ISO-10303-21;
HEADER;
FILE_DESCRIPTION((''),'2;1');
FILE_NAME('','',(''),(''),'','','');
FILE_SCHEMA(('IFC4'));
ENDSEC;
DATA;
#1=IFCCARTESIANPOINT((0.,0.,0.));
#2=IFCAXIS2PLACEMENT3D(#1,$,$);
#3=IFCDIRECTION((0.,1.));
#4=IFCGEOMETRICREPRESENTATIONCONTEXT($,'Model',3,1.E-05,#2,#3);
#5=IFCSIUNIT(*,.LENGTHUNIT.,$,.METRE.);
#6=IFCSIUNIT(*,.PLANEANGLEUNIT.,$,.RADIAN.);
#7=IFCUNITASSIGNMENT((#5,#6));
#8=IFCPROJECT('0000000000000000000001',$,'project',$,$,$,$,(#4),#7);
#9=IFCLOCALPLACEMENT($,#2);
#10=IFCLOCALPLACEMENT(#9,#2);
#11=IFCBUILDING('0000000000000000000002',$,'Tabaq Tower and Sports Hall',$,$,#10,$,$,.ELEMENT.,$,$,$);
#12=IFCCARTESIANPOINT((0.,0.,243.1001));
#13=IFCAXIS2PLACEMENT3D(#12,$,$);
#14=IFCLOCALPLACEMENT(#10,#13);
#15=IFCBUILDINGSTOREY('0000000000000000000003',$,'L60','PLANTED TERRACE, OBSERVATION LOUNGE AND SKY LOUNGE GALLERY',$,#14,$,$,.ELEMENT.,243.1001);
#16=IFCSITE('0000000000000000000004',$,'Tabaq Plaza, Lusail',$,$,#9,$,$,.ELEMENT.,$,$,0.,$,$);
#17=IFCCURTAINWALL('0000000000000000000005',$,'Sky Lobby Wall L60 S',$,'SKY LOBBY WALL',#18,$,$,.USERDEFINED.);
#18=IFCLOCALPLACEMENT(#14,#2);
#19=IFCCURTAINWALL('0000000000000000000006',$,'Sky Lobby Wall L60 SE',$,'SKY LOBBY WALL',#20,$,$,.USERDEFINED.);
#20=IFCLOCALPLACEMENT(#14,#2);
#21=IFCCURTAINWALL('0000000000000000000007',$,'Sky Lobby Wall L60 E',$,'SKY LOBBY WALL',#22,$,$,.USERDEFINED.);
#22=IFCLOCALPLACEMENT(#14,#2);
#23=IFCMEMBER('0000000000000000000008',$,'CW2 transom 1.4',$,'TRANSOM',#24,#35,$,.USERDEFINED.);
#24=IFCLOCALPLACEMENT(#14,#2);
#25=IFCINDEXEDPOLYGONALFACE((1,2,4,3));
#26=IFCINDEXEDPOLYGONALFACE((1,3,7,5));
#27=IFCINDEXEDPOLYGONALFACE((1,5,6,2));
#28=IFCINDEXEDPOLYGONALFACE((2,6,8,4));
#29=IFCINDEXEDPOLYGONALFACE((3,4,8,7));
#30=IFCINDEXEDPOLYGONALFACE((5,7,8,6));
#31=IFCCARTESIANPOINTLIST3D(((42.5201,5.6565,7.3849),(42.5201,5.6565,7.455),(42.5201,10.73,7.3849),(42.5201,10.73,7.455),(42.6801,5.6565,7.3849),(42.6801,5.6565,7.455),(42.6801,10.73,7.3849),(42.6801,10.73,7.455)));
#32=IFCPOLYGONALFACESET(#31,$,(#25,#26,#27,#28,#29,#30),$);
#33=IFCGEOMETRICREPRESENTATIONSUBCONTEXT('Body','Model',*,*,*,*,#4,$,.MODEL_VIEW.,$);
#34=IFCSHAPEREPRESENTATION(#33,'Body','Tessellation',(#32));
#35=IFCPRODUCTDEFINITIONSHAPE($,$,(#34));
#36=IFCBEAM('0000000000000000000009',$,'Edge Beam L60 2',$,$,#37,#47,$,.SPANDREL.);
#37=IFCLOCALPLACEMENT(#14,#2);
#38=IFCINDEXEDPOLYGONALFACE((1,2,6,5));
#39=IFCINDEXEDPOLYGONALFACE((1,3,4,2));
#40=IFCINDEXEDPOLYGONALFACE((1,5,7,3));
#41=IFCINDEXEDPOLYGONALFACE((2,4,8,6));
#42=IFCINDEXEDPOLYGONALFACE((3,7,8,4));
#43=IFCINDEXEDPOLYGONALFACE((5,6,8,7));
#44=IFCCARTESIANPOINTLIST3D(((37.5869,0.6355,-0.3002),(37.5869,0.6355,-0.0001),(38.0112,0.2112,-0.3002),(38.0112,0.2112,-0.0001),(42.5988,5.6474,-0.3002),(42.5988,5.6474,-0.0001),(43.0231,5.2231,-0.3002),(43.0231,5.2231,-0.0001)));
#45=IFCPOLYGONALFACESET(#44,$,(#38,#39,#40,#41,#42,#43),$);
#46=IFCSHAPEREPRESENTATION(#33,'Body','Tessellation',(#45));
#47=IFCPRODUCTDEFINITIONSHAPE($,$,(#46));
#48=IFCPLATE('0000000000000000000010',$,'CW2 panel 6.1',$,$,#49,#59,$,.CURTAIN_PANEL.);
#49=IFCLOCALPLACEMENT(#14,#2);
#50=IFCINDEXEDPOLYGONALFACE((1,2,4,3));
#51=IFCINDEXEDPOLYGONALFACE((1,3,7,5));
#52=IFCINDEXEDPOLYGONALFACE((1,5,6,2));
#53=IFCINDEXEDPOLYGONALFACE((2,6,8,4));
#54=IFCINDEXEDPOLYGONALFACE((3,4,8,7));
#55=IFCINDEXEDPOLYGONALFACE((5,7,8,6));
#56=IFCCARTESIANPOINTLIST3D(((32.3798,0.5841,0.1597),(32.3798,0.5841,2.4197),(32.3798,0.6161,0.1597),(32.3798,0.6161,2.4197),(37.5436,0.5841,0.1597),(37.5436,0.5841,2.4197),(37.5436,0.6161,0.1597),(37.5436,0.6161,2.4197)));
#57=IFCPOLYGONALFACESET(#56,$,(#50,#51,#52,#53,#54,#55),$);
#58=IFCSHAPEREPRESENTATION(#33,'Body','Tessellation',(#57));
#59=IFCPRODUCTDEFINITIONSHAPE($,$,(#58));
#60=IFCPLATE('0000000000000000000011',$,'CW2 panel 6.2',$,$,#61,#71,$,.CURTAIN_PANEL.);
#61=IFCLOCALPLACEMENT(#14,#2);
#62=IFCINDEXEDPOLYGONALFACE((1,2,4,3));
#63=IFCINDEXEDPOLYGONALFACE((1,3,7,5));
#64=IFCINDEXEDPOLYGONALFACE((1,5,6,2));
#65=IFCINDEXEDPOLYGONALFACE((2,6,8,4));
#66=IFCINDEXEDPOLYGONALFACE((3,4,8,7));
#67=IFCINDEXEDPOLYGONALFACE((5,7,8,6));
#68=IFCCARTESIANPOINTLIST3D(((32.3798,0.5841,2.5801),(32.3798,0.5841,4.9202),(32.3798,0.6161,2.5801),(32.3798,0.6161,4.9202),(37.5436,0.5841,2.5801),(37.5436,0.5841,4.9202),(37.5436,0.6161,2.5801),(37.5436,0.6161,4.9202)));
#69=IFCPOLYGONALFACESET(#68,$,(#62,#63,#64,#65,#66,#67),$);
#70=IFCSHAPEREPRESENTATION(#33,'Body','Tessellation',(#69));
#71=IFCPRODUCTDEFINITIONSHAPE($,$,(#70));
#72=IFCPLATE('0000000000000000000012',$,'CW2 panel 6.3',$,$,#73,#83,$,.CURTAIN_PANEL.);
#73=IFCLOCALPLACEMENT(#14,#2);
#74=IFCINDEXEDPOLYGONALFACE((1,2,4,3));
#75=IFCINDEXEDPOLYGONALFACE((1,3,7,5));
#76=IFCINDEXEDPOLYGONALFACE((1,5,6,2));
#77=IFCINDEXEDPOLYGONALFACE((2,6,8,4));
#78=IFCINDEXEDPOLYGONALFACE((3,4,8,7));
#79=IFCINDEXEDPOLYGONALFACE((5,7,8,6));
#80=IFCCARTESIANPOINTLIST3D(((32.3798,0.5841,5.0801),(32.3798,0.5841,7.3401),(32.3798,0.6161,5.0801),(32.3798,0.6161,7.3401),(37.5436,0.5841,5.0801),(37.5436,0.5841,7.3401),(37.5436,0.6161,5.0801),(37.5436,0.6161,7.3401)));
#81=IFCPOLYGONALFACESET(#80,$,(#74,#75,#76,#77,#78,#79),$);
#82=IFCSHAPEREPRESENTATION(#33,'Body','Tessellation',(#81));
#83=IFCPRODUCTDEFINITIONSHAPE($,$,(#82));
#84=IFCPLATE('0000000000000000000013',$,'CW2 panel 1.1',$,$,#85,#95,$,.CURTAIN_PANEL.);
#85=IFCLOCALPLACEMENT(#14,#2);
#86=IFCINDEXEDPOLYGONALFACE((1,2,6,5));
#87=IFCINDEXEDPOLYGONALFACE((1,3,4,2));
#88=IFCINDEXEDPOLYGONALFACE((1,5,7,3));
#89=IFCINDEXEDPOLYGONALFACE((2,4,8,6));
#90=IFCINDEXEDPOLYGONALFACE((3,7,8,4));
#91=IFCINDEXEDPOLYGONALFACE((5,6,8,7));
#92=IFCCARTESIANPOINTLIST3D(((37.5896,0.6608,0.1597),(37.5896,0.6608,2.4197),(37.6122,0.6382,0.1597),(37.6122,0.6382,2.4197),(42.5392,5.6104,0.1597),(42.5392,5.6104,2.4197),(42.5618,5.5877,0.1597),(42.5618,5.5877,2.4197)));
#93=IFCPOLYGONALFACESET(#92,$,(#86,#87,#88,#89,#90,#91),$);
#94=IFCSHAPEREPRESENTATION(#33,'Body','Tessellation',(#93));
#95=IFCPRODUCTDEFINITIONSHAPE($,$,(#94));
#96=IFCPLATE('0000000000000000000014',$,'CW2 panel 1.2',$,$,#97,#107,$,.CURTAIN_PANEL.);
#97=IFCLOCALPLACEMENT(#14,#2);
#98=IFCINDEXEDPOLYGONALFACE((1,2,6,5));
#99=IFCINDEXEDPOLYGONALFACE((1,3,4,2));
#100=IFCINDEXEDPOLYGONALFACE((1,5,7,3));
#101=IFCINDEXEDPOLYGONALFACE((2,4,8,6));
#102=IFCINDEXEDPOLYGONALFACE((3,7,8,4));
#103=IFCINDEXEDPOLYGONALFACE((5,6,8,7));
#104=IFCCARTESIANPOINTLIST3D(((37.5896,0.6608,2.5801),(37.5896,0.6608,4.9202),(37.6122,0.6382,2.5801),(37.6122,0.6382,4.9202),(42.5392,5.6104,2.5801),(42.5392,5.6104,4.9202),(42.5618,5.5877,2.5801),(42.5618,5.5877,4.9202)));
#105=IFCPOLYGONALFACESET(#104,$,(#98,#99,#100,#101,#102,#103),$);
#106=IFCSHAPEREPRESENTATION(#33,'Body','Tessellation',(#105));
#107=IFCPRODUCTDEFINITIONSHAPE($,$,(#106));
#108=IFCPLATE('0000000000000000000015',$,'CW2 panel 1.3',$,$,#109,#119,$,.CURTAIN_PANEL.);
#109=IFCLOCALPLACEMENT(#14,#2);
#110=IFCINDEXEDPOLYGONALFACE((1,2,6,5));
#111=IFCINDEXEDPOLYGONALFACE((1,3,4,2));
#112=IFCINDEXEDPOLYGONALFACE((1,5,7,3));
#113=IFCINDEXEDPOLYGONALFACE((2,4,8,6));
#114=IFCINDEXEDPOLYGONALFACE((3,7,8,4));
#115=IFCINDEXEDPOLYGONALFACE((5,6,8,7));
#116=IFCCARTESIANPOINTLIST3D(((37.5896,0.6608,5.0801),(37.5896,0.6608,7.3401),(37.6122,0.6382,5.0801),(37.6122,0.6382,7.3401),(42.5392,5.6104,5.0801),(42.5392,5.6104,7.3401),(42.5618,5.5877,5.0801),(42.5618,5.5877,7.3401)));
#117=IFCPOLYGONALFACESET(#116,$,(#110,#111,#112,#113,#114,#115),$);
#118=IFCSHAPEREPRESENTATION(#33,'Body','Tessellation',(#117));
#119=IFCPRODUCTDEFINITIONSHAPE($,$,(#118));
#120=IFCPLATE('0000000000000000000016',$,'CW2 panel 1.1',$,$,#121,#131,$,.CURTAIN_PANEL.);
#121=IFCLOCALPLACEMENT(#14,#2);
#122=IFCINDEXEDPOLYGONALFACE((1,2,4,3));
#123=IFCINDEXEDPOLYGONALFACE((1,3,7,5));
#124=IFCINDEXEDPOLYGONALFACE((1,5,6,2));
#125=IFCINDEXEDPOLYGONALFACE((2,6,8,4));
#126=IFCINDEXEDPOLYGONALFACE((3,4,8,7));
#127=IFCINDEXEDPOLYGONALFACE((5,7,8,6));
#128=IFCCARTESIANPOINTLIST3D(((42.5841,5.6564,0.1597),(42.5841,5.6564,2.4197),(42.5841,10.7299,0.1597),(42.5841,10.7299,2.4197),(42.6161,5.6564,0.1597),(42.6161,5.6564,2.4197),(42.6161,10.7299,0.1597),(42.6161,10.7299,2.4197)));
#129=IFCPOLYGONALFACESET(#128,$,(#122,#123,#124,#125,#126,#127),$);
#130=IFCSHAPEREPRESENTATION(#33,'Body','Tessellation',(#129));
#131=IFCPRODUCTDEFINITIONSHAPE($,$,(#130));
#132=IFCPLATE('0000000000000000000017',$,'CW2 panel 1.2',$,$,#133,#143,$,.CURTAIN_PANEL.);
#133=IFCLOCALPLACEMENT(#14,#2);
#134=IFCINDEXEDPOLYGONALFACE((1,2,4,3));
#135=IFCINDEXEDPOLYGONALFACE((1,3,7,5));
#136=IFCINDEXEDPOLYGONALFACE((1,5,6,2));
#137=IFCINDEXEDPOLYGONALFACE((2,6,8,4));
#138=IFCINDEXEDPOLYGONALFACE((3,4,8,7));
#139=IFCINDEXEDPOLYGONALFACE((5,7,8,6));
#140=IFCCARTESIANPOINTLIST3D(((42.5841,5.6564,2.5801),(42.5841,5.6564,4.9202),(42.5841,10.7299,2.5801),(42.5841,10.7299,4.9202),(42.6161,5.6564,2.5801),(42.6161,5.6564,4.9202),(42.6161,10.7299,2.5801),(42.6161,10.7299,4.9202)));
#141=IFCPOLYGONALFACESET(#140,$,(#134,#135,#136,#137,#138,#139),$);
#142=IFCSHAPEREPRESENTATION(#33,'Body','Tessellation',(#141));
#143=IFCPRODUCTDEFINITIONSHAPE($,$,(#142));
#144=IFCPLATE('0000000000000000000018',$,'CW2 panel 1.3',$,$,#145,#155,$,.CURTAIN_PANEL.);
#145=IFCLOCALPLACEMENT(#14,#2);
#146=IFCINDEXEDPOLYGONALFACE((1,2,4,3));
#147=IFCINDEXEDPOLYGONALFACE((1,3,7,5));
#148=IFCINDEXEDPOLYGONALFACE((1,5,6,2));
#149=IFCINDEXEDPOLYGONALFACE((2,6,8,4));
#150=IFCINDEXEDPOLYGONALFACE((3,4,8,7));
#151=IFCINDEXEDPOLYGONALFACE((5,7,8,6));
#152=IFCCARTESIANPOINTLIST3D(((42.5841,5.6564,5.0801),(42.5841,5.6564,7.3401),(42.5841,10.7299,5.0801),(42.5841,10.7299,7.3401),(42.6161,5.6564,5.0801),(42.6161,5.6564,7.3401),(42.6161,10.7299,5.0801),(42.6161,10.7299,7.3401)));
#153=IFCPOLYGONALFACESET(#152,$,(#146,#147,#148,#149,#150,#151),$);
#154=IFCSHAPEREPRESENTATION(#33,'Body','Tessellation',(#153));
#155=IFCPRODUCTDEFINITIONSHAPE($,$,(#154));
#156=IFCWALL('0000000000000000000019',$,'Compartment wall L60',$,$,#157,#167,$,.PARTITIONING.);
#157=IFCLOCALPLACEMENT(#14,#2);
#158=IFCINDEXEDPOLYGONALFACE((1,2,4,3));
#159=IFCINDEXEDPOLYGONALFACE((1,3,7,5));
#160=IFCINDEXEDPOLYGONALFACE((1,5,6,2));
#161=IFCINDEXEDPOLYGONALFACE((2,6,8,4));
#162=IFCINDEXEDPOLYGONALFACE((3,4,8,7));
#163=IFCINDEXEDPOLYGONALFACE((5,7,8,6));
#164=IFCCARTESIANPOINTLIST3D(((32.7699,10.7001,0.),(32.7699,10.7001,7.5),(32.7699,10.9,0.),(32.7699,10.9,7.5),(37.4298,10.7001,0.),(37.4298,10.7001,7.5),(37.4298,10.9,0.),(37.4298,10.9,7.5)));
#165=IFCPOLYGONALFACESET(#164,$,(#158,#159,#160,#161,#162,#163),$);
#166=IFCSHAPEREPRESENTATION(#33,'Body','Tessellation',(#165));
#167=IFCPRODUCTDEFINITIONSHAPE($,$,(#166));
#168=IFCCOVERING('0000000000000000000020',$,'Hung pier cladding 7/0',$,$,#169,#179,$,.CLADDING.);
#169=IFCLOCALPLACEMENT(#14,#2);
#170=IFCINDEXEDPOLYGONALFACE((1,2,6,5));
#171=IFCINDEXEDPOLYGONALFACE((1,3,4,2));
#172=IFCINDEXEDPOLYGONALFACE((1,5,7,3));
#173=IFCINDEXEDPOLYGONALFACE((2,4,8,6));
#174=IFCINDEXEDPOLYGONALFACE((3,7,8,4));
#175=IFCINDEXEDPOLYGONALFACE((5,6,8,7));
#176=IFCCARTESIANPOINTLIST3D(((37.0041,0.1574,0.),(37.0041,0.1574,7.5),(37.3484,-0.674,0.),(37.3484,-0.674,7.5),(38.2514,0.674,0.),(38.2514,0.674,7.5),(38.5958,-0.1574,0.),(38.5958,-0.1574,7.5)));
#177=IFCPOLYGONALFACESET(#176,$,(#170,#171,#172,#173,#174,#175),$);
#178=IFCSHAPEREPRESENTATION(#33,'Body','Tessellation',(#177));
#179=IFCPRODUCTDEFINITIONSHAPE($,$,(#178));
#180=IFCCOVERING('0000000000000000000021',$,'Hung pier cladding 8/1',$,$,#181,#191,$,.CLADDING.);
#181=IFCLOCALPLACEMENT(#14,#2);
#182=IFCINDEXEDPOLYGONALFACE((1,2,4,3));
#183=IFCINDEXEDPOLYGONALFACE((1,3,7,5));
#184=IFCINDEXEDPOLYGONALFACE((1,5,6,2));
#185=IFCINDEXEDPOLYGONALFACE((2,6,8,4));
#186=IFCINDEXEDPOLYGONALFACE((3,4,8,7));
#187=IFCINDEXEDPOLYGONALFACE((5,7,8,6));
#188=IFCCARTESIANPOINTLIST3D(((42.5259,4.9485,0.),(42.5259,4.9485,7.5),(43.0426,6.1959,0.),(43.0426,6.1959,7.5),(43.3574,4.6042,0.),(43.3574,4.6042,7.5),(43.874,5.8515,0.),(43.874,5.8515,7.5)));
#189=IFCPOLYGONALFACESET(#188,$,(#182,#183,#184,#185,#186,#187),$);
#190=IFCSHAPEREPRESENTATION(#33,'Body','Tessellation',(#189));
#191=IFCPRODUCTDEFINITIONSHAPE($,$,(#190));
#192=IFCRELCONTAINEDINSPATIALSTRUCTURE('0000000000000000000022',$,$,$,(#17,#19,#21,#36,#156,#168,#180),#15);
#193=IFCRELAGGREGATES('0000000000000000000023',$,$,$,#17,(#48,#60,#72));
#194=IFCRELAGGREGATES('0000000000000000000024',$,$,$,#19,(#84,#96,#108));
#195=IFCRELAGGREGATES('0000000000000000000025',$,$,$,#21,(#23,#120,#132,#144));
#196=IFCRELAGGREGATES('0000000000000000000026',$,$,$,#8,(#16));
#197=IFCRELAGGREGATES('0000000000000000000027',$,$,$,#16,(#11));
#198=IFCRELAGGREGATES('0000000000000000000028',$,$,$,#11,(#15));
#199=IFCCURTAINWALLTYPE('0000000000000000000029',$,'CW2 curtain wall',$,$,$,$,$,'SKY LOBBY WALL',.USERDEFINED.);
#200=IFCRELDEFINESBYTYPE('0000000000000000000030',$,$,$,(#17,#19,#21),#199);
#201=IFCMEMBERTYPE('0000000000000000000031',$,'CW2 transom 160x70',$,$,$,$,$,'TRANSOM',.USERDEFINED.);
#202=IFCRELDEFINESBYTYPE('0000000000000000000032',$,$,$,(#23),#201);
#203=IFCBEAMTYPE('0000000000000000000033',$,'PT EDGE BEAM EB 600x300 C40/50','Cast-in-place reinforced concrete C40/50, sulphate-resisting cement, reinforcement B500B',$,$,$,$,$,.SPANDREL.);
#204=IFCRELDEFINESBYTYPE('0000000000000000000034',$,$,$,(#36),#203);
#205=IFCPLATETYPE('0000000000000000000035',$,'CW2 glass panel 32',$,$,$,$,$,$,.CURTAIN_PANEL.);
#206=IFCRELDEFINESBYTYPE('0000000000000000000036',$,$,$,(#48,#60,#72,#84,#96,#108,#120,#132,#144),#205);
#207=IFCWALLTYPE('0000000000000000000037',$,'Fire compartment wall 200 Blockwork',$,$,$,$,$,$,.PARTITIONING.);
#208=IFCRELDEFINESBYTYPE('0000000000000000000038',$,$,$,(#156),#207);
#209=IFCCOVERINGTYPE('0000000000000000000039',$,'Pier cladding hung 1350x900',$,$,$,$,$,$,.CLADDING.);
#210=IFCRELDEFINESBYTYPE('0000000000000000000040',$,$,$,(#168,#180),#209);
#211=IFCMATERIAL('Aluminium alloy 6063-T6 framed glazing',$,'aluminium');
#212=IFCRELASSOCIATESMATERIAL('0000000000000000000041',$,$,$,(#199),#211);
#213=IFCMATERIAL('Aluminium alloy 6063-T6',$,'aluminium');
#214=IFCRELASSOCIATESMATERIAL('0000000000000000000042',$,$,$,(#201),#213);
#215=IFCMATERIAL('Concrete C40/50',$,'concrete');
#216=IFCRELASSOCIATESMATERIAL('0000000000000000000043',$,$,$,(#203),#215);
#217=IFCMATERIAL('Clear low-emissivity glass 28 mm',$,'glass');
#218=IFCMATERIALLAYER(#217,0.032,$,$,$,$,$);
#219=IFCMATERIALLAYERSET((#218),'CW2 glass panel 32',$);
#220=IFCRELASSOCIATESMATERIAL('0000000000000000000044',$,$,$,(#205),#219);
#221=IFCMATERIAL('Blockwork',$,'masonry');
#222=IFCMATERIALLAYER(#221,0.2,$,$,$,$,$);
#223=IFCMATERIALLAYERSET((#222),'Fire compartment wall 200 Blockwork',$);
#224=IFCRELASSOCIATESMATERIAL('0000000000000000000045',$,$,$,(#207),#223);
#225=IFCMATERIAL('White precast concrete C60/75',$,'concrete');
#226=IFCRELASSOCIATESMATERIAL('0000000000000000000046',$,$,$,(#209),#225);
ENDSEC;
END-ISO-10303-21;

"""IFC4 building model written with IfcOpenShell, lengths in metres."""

from ifc_helpers import new_model, si_unit, direction, frame, frame_2d, origin, origin_2d, place, context, subcontext, project, spatial, rectangle, extrude, material, layer, layer_set, material_profile, profile_set, type_object, element, aggregate, save


model = new_model("IFC4")

# Units and contexts
model_context = context("Model", 3, precision=1e-05, world=origin(), true_north=direction((0.0, 1.0)))
body_context = subcontext(model_context, "Body", "Model", "MODEL_VIEW")
ifc_project = project(units=[si_unit("LENGTHUNIT", "METRE"), si_unit("PLANEANGLEUNIT", "RADIAN")], contexts=[model_context])

# Site, building, storey
site_placement = place(None, origin())
site = spatial("IfcSite", under=ifc_project, at=site_placement, Name="Tabaq Plaza, Lusail", CompositionType="ELEMENT", RefElevation=0.0)
building_placement = place(site_placement, origin())
building = spatial("IfcBuilding", under=site, at=building_placement, Name="Tabaq Tower and Sports Hall", CompositionType="ELEMENT")
storey_placement = place(building_placement, frame((0.0, 0.0, 243.1001)))
storey = spatial("IfcBuildingStorey", under=building, at=storey_placement, Name="L60", Description="PLANTED TERRACE, OBSERVATION LOUNGE AND SKY LOUNGE GALLERY", CompositionType="ELEMENT", Elevation=243.1001)

# Curtain wall
ifc_material_1 = material(Name="Aluminium alloy 6063-T6 framed glazing", Category="aluminium")
curtain_wall_type = type_object("IfcCurtainWallType", Name="CW2 curtain wall", ElementType="SKY LOBBY WALL", PredefinedType="USERDEFINED", material=ifc_material_1)
curtain_wall_1_placement = place(storey_placement, origin())
curtain_wall_1 = element("IfcCurtainWall", 1, at=curtain_wall_1_placement, inside=storey, type_object=curtain_wall_type, Name="Sky Lobby Wall L60 S", ObjectType="SKY LOBBY WALL", PredefinedType="USERDEFINED")

# Curtain walls
curtain_wall_2_placement = place(storey_placement, origin())
curtain_wall_2 = element("IfcCurtainWall", 2, at=curtain_wall_2_placement, inside=storey, type_object=curtain_wall_type, Name="Sky Lobby Wall L60 SE", ObjectType="SKY LOBBY WALL", PredefinedType="USERDEFINED")
curtain_wall_3_placement = place(storey_placement, origin())
curtain_wall_3 = element("IfcCurtainWall", 3, at=curtain_wall_3_placement, inside=storey, type_object=curtain_wall_type, Name="Sky Lobby Wall L60 E", ObjectType="SKY LOBBY WALL", PredefinedType="USERDEFINED")

# Member
ifc_material_2 = material(Name="Aluminium alloy 6063-T6", Category="aluminium")
ifc_material_profile_1 = material_profile(ifc_material_2, rectangle(XDim=0.1599, YDim=0.0701, at=origin_2d()), Name="TRANSOM 160x70")
ifc_profile_set_1 = profile_set([ifc_material_profile_1], Name="Aluminium alloy 6063-T6")
member_type_1 = type_object("IfcMemberType", Name="CW2 transom 160x70", ElementType="TRANSOM", PredefinedType="USERDEFINED", material=ifc_profile_set_1)
member_1_placement = place(storey_placement, frame((42.6001, 5.6565, 7.4199), z_axis=(0.0, 1.0, 0.0), x_axis=(-1.0, 0.0, 0.0)))
member_1 = element("IfcMember", 4, at=member_1_placement, type_object=member_type_1, Name="CW2 transom 1.4", ObjectType="TRANSOM", PredefinedType="USERDEFINED", context=body_context, shape_type="SweptSolid", body=[
    extrude(rectangle(XDim=0.1599, YDim=0.0701, at=origin_2d()), origin(), (0.0, 0.0, 1.0), 5.0735),
])

# Beam
ifc_material_3 = material(Name="Concrete C40/50", Category="concrete")
ifc_material_profile_2 = material_profile(ifc_material_3, rectangle(XDim=0.6001, YDim=0.3, at=origin_2d()), Name="EB 600x300")
ifc_profile_set_2 = profile_set([ifc_material_profile_2], Name="Concrete C40/50")
beam_type = type_object("IfcBeamType", Name="PT EDGE BEAM EB 600x300 C40/50", Description="Cast-in-place reinforced concrete C40/50, sulphate-resisting cement, reinforcement B500B", PredefinedType="SPANDREL", material=ifc_profile_set_2)
beam_placement = place(storey_placement, frame((37.7991, 0.4233, -0.1501), z_axis=(0.707107, 0.707107, 0.0), x_axis=(-0.707107, 0.707107, 0.0)))
element("IfcBeam", 5, at=beam_placement, inside=storey, type_object=beam_type, Name="Edge Beam L60 2", PredefinedType="SPANDREL", context=body_context, shape_type="SweptSolid", body=[
    extrude(rectangle(XDim=0.6001, YDim=0.3, at=origin_2d()), origin(), (0.0, 0.0, 1.0), 7.0879),
])

# Plates
ifc_material_4 = material(Name="Clear low-emissivity glass 28 mm", Category="glass")
ifc_layer_1 = layer(ifc_material_4, 0.032)
ifc_layer_set_1 = layer_set([ifc_layer_1], Name="CW2 glass panel 32")
plate_type = type_object("IfcPlateType", Name="CW2 glass panel 32", PredefinedType="CURTAIN_PANEL", material=ifc_layer_set_1)
plate_1_placement = place(storey_placement, frame((34.9617, 0.6001, 0.1597), z_axis=(0.0, 0.0, 1.0), x_axis=(1.0, 0.0, 0.0)))
plate_1 = element("IfcPlate", 6, at=plate_1_placement, type_object=plate_type, Name="CW2 panel 6.1", PredefinedType="CURTAIN_PANEL", context=body_context, shape_type="SweptSolid", body=[
    extrude(rectangle(XDim=5.1638, YDim=0.032, at=origin_2d()), origin(), (0.0, 0.0, 1.0), 2.26),
])
plate_2_placement = place(storey_placement, frame((34.9617, 0.6001, 2.5801), z_axis=(0.0, 0.0, 1.0), x_axis=(1.0, 0.0, 0.0)))
plate_2 = element("IfcPlate", 7, at=plate_2_placement, type_object=plate_type, Name="CW2 panel 6.2", PredefinedType="CURTAIN_PANEL", context=body_context, shape_type="SweptSolid", body=[
    extrude(rectangle(XDim=5.1638, YDim=0.032, at=origin_2d()), origin(), (0.0, 0.0, 1.0), 2.3401),
])
plate_3_placement = place(storey_placement, frame((34.9617, 0.6001, 5.0801), z_axis=(0.0, 0.0, 1.0), x_axis=(1.0, 0.0, 0.0)))
plate_3 = element("IfcPlate", 8, at=plate_3_placement, type_object=plate_type, Name="CW2 panel 6.3", PredefinedType="CURTAIN_PANEL", context=body_context, shape_type="SweptSolid", body=[
    extrude(rectangle(XDim=5.1638, YDim=0.032, at=origin_2d()), origin(), (0.0, 0.0, 1.0), 2.26),
])
aggregate(curtain_wall_1, [plate_1, plate_2, plate_3])
plate_4_placement = place(storey_placement, frame((40.0757, 3.1243, 0.1597), z_axis=(0.0, 0.0, 1.0), x_axis=(0.707107, 0.707107, 0.0)))
plate_4 = element("IfcPlate", 9, at=plate_4_placement, type_object=plate_type, Name="CW2 panel 1.1", PredefinedType="CURTAIN_PANEL", context=body_context, shape_type="SweptSolid", body=[
    extrude(rectangle(XDim=6.9998, YDim=0.032, at=origin_2d()), origin(), (0.0, 0.0, 1.0), 2.26),
])
plate_5_placement = place(storey_placement, frame((40.0757, 3.1243, 2.5801), z_axis=(0.0, 0.0, 1.0), x_axis=(0.707107, 0.707107, 0.0)))
plate_5 = element("IfcPlate", 10, at=plate_5_placement, type_object=plate_type, Name="CW2 panel 1.2", PredefinedType="CURTAIN_PANEL", context=body_context, shape_type="SweptSolid", body=[
    extrude(rectangle(XDim=6.9998, YDim=0.032, at=origin_2d()), origin(), (0.0, 0.0, 1.0), 2.3401),
])
plate_6_placement = place(storey_placement, frame((40.0757, 3.1243, 5.0801), z_axis=(0.0, 0.0, 1.0), x_axis=(0.707107, 0.707107, 0.0)))
plate_6 = element("IfcPlate", 11, at=plate_6_placement, type_object=plate_type, Name="CW2 panel 1.3", PredefinedType="CURTAIN_PANEL", context=body_context, shape_type="SweptSolid", body=[
    extrude(rectangle(XDim=6.9998, YDim=0.032, at=origin_2d()), origin(), (0.0, 0.0, 1.0), 2.26),
])
aggregate(curtain_wall_2, [plate_4, plate_5, plate_6])
plate_7_placement = place(storey_placement, frame((42.6001, 8.1931, 0.1597), z_axis=(0.0, 0.0, 1.0), x_axis=(0.0, 1.0, 0.0)))
plate_7 = element("IfcPlate", 12, at=plate_7_placement, type_object=plate_type, Name="CW2 panel 1.1", PredefinedType="CURTAIN_PANEL", context=body_context, shape_type="SweptSolid", body=[
    extrude(rectangle(XDim=5.0735, YDim=0.032, at=origin_2d()), origin(), (0.0, 0.0, 1.0), 2.26),
])
plate_8_placement = place(storey_placement, frame((42.6001, 8.1931, 2.5801), z_axis=(0.0, 0.0, 1.0), x_axis=(0.0, 1.0, 0.0)))
plate_8 = element("IfcPlate", 13, at=plate_8_placement, type_object=plate_type, Name="CW2 panel 1.2", PredefinedType="CURTAIN_PANEL", context=body_context, shape_type="SweptSolid", body=[
    extrude(rectangle(XDim=5.0735, YDim=0.032, at=origin_2d()), origin(), (0.0, 0.0, 1.0), 2.3401),
])
plate_9_placement = place(storey_placement, frame((42.6001, 8.1931, 5.0801), z_axis=(0.0, 0.0, 1.0), x_axis=(0.0, 1.0, 0.0)))
plate_9 = element("IfcPlate", 14, at=plate_9_placement, type_object=plate_type, Name="CW2 panel 1.3", PredefinedType="CURTAIN_PANEL", context=body_context, shape_type="SweptSolid", body=[
    extrude(rectangle(XDim=5.0735, YDim=0.032, at=origin_2d()), origin(), (0.0, 0.0, 1.0), 2.26),
])
aggregate(curtain_wall_3, [member_1, plate_7, plate_8, plate_9])

# Wall
ifc_material_5 = material(Name="Blockwork", Category="masonry")
ifc_layer_2 = layer(ifc_material_5, 0.2)
ifc_layer_set_2 = layer_set([ifc_layer_2], Name="Fire compartment wall 200 Blockwork")
wall_type = type_object("IfcWallType", Name="Fire compartment wall 200 Blockwork", PredefinedType="PARTITIONING", material=ifc_layer_set_2)
wall_placement = place(storey_placement, frame((37.4299, 10.8, 0.0), z_axis=(0.0, 0.0, 1.0), x_axis=(-1.0, 0.0, 0.0)))
element("IfcWall", 15, at=wall_placement, inside=storey, type_object=wall_type, Name="Compartment wall L60", PredefinedType="PARTITIONING", context=body_context, shape_type="SweptSolid", body=[
    extrude(rectangle(XDim=4.6599, YDim=0.2, at=frame_2d((2.3301, 0.0))), origin(), (0.0, 0.0, 1.0), 7.5),
])

# Coverings
ifc_material_6 = material(Name="White precast concrete C60/75", Category="concrete")
covering_type_1 = type_object("IfcCoveringType", Name="Pier cladding hung 1350x900", PredefinedType="CLADDING", material=ifc_material_6)
for number, where, z_axis, x_axis, name in (
    (16, (37.1763, -0.2583, 0.0), (0.0, 0.0, 1.0), (0.923893, 0.38265, 0.0), "Hung pier cladding 7/0"),
    (17, (42.9417, 4.7764, 0.0), (0.0, 0.0, 1.0), (0.38265, 0.923893, 0.0), "Hung pier cladding 8/1"),
):
    element("IfcCovering", number, at=place(storey_placement, frame(where, z_axis=z_axis, x_axis=x_axis)), inside=storey, type_object=covering_type_1, Name=name, PredefinedType="CLADDING", context=body_context, shape_type="SweptSolid", body=[
        extrude(rectangle(XDim=1.3501, YDim=0.8999, at=frame_2d((0.675, 0.0))), origin(), (0.0, 0.0, 1.0), 7.5),
    ])

save(model, "model.ifc")
